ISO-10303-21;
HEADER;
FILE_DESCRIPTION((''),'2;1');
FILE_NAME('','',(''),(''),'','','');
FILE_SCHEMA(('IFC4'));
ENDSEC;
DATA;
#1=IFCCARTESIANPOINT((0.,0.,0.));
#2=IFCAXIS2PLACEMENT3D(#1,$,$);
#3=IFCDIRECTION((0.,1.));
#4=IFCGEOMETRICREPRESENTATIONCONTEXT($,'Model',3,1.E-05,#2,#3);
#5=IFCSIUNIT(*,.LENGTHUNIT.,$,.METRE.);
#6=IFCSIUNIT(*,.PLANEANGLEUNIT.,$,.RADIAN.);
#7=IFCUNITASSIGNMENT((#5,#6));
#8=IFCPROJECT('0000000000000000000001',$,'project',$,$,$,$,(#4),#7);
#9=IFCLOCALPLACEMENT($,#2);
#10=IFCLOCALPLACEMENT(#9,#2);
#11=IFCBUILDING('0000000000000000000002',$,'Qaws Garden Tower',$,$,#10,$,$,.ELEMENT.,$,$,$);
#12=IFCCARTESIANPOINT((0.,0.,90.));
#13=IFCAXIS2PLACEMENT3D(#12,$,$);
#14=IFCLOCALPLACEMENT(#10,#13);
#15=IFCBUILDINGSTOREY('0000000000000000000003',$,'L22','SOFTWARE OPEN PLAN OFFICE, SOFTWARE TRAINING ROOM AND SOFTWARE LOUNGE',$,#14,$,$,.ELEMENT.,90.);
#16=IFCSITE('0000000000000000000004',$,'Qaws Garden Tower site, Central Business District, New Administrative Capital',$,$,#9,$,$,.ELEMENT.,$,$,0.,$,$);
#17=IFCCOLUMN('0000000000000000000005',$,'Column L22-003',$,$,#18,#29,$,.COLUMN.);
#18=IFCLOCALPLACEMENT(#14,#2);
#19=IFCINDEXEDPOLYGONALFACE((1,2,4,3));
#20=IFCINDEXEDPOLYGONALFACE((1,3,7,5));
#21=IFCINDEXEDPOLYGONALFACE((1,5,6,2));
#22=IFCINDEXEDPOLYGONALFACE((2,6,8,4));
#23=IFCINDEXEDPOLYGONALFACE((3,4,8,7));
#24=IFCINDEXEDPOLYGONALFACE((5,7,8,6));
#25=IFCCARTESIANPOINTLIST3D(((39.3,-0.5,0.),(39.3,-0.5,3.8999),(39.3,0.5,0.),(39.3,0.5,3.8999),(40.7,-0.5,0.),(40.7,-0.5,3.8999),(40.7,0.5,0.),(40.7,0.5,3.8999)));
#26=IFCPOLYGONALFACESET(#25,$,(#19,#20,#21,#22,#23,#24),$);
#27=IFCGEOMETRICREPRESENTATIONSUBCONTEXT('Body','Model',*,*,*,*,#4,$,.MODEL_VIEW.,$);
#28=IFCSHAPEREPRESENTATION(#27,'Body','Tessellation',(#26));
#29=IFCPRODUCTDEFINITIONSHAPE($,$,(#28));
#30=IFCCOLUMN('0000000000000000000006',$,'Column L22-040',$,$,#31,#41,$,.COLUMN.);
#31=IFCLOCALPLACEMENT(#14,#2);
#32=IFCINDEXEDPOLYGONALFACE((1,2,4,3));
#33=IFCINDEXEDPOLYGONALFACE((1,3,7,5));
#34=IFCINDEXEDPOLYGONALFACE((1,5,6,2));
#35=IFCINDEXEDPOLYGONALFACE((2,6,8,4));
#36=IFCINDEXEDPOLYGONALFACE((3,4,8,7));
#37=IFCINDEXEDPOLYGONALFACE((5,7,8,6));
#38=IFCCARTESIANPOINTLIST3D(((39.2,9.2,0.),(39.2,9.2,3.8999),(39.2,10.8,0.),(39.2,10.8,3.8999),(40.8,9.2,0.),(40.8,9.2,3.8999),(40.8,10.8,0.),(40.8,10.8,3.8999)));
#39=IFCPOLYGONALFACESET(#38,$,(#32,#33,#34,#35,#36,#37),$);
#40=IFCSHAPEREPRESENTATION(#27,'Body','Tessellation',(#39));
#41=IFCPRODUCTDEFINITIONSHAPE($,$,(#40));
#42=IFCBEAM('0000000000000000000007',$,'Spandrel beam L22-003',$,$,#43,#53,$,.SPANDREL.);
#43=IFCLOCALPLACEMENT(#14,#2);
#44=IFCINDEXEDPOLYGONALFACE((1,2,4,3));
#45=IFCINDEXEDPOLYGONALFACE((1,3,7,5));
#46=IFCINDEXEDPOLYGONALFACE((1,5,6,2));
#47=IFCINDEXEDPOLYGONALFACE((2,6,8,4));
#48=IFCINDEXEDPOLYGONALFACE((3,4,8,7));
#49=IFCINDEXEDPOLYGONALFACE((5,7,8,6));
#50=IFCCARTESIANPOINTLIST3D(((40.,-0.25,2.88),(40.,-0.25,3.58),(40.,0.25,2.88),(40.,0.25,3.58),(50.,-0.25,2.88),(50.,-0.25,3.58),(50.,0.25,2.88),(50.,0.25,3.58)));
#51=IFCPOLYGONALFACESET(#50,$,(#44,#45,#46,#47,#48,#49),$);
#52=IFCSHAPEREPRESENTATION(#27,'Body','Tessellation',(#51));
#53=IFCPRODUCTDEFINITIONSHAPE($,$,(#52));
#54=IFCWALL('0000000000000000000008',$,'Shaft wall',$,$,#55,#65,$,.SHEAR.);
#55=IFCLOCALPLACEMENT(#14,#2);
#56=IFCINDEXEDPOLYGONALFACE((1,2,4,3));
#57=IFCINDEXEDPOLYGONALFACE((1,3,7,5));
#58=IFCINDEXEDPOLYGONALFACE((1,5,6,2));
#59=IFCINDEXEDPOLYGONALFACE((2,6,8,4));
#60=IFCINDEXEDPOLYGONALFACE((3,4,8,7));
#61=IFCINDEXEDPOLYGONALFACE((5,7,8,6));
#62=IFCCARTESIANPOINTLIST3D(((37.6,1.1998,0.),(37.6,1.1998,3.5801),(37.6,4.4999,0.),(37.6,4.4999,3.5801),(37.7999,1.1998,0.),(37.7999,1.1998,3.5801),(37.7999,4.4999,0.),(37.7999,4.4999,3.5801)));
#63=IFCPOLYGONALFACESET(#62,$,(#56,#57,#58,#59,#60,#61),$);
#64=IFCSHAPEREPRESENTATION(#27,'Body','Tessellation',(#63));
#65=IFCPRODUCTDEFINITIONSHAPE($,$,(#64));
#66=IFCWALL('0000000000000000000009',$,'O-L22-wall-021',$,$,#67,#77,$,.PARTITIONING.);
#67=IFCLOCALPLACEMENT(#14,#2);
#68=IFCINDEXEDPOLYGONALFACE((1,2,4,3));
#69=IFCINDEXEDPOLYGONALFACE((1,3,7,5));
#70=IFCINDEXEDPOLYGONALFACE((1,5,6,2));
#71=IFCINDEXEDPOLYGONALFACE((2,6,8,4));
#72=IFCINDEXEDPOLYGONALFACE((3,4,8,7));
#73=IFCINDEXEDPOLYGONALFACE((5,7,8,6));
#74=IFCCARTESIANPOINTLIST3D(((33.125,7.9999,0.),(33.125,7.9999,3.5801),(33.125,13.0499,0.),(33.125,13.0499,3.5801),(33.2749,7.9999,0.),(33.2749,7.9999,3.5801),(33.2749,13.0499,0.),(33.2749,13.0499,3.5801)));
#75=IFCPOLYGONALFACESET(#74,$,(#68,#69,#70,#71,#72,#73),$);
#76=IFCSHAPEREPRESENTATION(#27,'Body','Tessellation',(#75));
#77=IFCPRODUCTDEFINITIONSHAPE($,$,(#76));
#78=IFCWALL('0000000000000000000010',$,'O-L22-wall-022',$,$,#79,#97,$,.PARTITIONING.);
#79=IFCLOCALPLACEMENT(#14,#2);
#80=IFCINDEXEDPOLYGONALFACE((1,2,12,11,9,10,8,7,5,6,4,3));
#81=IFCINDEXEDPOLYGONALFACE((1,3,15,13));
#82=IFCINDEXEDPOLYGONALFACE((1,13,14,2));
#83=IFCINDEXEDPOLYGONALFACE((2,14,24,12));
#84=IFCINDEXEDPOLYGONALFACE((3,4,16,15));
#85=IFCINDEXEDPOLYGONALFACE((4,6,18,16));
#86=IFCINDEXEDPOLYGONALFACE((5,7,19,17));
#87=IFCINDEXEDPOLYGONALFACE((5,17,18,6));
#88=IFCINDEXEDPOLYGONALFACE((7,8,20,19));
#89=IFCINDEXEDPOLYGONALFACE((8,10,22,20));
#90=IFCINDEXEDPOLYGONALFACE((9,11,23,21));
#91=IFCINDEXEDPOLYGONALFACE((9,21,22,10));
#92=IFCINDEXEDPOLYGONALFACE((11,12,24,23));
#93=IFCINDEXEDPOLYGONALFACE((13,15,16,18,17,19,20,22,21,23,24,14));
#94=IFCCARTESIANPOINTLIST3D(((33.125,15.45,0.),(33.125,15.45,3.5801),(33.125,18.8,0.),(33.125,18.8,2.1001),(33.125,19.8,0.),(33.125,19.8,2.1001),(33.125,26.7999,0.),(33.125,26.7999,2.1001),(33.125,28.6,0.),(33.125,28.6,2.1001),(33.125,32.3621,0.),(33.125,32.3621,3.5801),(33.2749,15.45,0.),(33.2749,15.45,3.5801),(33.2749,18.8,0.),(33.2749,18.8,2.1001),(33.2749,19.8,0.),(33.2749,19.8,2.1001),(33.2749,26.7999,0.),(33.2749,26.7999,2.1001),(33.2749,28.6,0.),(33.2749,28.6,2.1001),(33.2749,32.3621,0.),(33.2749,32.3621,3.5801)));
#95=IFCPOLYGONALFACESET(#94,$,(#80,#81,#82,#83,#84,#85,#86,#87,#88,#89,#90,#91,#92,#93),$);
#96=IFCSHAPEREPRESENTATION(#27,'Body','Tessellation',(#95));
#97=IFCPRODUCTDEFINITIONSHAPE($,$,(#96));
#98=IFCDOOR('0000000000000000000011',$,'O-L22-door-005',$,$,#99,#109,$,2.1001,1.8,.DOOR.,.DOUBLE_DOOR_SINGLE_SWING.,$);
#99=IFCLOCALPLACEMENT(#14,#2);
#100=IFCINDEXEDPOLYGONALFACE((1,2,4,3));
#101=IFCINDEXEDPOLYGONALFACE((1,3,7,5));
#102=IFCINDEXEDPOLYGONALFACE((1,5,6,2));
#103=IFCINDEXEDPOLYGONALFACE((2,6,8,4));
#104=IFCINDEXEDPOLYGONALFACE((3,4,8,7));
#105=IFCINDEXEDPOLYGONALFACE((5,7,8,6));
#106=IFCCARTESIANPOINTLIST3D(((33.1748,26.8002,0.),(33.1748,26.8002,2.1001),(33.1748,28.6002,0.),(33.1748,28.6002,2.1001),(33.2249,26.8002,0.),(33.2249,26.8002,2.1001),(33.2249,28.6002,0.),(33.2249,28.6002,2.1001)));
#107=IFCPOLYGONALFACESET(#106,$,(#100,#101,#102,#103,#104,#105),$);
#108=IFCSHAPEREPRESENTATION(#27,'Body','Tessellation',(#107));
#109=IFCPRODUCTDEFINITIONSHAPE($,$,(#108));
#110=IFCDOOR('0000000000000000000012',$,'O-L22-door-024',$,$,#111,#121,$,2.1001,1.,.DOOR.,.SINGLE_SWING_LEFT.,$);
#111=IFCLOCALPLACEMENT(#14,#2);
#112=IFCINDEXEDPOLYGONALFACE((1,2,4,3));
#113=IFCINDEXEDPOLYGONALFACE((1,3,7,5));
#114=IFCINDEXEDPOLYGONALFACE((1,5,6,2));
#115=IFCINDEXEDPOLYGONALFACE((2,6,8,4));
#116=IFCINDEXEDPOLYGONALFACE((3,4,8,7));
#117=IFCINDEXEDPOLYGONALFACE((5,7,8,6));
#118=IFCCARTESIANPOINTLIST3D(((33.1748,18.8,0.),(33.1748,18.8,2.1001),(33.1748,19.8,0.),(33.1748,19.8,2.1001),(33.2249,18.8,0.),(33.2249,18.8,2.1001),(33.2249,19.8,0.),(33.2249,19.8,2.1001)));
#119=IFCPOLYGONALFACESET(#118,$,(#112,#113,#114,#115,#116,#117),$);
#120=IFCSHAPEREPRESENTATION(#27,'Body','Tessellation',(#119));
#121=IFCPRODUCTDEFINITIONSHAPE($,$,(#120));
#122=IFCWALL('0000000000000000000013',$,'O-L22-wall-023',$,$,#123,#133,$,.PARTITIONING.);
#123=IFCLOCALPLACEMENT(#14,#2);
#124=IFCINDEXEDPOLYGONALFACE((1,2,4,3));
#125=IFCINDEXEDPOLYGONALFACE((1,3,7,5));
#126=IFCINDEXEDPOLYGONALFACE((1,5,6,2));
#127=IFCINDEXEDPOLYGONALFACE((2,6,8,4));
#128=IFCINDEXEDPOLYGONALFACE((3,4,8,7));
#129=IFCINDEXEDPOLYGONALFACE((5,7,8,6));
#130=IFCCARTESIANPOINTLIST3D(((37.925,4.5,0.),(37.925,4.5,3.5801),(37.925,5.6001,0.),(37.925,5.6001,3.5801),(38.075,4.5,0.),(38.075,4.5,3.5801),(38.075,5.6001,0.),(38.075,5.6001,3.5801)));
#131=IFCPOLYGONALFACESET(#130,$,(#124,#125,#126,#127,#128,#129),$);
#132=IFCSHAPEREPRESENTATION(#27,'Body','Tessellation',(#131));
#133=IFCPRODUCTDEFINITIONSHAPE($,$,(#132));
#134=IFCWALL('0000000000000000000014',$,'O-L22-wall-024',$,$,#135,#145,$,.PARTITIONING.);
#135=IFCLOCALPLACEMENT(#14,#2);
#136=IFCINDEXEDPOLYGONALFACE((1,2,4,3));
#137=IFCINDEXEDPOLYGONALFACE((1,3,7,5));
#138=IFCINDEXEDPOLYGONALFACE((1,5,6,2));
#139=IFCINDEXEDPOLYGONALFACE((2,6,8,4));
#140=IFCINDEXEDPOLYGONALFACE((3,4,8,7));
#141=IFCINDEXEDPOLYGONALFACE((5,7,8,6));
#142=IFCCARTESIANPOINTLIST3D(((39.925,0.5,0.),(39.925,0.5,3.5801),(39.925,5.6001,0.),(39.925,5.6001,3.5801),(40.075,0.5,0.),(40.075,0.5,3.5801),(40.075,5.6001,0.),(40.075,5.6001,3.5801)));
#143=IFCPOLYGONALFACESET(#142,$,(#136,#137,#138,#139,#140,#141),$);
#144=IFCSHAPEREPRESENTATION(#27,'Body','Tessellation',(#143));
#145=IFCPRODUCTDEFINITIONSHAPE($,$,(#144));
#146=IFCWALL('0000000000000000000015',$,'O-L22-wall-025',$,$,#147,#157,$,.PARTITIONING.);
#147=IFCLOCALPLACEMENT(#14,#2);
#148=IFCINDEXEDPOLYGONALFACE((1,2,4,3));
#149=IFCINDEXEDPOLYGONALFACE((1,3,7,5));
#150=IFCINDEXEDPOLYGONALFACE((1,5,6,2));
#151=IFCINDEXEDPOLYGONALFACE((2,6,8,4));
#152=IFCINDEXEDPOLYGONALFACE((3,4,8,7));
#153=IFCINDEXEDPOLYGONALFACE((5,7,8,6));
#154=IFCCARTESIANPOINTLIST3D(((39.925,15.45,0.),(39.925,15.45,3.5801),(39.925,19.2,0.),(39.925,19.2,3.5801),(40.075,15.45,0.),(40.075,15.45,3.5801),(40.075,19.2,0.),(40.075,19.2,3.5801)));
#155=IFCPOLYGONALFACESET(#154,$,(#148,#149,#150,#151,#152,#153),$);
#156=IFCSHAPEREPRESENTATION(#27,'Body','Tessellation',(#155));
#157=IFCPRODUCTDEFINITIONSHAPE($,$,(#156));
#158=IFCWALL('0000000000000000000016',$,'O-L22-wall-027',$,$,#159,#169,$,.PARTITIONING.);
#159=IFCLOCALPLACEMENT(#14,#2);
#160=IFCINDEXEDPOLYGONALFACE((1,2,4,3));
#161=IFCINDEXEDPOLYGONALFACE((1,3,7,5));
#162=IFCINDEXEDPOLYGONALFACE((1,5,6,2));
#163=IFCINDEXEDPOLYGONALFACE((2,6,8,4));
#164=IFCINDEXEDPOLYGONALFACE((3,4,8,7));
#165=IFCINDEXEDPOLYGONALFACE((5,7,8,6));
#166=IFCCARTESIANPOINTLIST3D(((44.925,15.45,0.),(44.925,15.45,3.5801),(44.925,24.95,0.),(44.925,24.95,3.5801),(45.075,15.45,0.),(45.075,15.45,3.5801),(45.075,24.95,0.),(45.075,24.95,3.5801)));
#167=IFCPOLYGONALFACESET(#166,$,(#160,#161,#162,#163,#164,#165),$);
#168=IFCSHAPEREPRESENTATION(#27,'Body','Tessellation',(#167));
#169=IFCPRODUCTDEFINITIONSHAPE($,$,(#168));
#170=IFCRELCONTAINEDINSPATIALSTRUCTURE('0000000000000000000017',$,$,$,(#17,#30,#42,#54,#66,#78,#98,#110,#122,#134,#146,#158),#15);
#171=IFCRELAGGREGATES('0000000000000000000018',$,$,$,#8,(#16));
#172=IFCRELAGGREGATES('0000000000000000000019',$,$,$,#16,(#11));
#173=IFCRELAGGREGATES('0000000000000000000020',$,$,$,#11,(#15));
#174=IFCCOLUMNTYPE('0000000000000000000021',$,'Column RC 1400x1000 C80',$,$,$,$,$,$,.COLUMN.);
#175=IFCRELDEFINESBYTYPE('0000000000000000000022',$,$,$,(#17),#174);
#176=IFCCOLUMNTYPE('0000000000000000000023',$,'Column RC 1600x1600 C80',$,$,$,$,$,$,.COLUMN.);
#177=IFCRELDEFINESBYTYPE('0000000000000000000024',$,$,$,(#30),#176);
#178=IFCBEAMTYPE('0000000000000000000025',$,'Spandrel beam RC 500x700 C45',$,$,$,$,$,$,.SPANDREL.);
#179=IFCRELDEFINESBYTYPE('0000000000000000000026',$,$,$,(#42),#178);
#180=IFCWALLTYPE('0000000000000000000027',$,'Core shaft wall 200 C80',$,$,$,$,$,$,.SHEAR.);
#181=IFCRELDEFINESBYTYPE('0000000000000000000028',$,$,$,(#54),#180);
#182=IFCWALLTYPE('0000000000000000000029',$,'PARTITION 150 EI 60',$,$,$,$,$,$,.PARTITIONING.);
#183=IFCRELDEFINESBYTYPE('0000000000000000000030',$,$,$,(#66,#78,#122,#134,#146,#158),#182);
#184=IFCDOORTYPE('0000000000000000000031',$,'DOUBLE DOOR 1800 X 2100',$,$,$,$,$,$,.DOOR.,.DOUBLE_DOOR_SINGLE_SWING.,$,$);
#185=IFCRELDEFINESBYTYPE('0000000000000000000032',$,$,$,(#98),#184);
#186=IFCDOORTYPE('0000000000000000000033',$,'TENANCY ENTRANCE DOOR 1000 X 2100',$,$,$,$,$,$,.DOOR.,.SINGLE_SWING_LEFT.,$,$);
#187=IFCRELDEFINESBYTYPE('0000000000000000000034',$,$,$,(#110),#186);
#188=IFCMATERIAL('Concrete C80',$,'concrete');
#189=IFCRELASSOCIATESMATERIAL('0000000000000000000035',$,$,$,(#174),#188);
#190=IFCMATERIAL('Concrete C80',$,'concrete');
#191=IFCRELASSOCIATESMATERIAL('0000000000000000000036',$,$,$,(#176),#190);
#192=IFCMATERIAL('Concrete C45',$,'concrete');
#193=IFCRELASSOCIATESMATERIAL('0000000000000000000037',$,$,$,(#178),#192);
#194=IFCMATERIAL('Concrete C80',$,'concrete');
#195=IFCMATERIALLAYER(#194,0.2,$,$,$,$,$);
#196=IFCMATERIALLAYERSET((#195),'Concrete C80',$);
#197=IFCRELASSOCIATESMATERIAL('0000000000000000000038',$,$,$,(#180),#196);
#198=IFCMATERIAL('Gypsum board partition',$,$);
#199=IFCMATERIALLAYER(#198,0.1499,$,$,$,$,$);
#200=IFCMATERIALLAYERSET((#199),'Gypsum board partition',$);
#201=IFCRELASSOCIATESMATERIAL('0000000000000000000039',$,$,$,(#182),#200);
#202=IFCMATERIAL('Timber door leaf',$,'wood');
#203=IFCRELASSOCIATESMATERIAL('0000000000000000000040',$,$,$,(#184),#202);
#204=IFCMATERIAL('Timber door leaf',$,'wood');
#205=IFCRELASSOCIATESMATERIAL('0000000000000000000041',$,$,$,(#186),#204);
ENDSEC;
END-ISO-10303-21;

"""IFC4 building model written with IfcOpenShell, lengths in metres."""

from ifc_helpers import new_model, si_unit, direction, frame, frame_2d, origin, origin_2d, place, context, subcontext, project, spatial, rectangle, extrude, material, layer, layer_set, material_profile, profile_set, type_object, element, fill, save


model = new_model("IFC4")

# Units and contexts
model_context = context("Model", 3, precision=1e-05, world=origin(), true_north=direction((0.0, 1.0)))
body_context = subcontext(model_context, "Body", "Model", "MODEL_VIEW")
ifc_project = project(units=[si_unit("LENGTHUNIT", "METRE"), si_unit("PLANEANGLEUNIT", "RADIAN")], contexts=[model_context])

# Site, building, storey
site_placement = place(None, origin())
site = spatial("IfcSite", under=ifc_project, at=site_placement, Name="Qaws Garden Tower site, Central Business District, New Administrative Capital", CompositionType="ELEMENT", RefElevation=0.0)
building_placement = place(site_placement, origin())
building = spatial("IfcBuilding", under=site, at=building_placement, Name="Qaws Garden Tower", CompositionType="ELEMENT")
storey_placement = place(building_placement, frame((0.0, 0.0, 90.0)))
storey = spatial("IfcBuildingStorey", under=building, at=storey_placement, Name="L22", Description="SOFTWARE OPEN PLAN OFFICE, SOFTWARE TRAINING ROOM AND SOFTWARE LOUNGE", CompositionType="ELEMENT", Elevation=90.0)

# Columns
ifc_material_1 = material(Name="Concrete C80", Category="concrete")
ifc_material_profile_1 = material_profile(ifc_material_1, rectangle(XDim=1.3999, YDim=1.0, at=origin_2d()), Name="RC 1400x1000")
ifc_profile_set_1 = profile_set([ifc_material_profile_1], Name="Concrete C80")
column_type_1 = type_object("IfcColumnType", Name="Column RC 1400x1000 C80", PredefinedType="COLUMN", material=ifc_profile_set_1)
column_1_placement = place(storey_placement, frame((40.0, 0.0, 0.0), z_axis=(0.0, 0.0, 1.0), x_axis=(1.0, 0.0, 0.0)))
element("IfcColumn", 1, at=column_1_placement, inside=storey, type_object=column_type_1, Name="Column L22-003", PredefinedType="COLUMN", context=body_context, shape_type="SweptSolid", body=[
    extrude(rectangle(XDim=1.3999, YDim=1.0, at=origin_2d()), origin(), (0.0, 0.0, 1.0), 3.8999),
])
ifc_material_2 = material(Name="Concrete C80", Category="concrete")
ifc_material_profile_2 = material_profile(ifc_material_2, rectangle(XDim=1.6001, YDim=1.6001, at=origin_2d()), Name="RC 1600x1600")
ifc_profile_set_2 = profile_set([ifc_material_profile_2], Name="Concrete C80")
column_type_2 = type_object("IfcColumnType", Name="Column RC 1600x1600 C80", PredefinedType="COLUMN", material=ifc_profile_set_2)
column_2_placement = place(storey_placement, frame((40.0, 10.0, 0.0), z_axis=(0.0, 0.0, 1.0), x_axis=(1.0, 0.0, 0.0)))
element("IfcColumn", 2, at=column_2_placement, inside=storey, type_object=column_type_2, Name="Column L22-040", PredefinedType="COLUMN", context=body_context, shape_type="SweptSolid", body=[
    extrude(rectangle(XDim=1.6001, YDim=1.6001, at=origin_2d()), origin(), (0.0, 0.0, 1.0), 3.8999),
])

# Beam
ifc_material_3 = material(Name="Concrete C45", Category="concrete")
ifc_material_profile_3 = material_profile(ifc_material_3, rectangle(XDim=0.5, YDim=0.7, at=origin_2d()), Name="RC 500x700")
ifc_profile_set_3 = profile_set([ifc_material_profile_3], Name="Concrete C45")
beam_type = type_object("IfcBeamType", Name="Spandrel beam RC 500x700 C45", PredefinedType="SPANDREL", material=ifc_profile_set_3)
beam_placement = place(storey_placement, frame((40.0, 0.0, 3.23), z_axis=(1.0, 0.0, 0.0), x_axis=(0.0, 1.0, 0.0)))
element("IfcBeam", 3, at=beam_placement, inside=storey, type_object=beam_type, Name="Spandrel beam L22-003", PredefinedType="SPANDREL", context=body_context, shape_type="SweptSolid", body=[
    extrude(rectangle(XDim=0.5, YDim=0.7, at=origin_2d()), origin(), (0.0, 0.0, 1.0), 10.0),
])

# Walls
ifc_material_4 = material(Name="Concrete C80", Category="concrete")
ifc_layer_1 = layer(ifc_material_4, 0.2)
ifc_layer_set_1 = layer_set([ifc_layer_1], Name="Concrete C80")
wall_type_1 = type_object("IfcWallType", Name="Core shaft wall 200 C80", PredefinedType="SHEAR", material=ifc_layer_set_1)
wall_1_placement = place(storey_placement, frame((37.7, 1.2, 0.0), z_axis=(0.0, 0.0, 1.0), x_axis=(0.0, 1.0, 0.0)))
element("IfcWall", 4, at=wall_1_placement, inside=storey, type_object=wall_type_1, Name="Shaft wall", PredefinedType="SHEAR", context=body_context, shape_type="SweptSolid", body=[
    extrude(rectangle(XDim=3.3, YDim=0.2, at=frame_2d((1.6499, 0.0))), origin(), (0.0, 0.0, 1.0), 3.5801),
])
ifc_material_5 = material(Name="Gypsum board partition")
ifc_layer_2 = layer(ifc_material_5, 0.1499)
ifc_layer_set_2 = layer_set([ifc_layer_2], Name="Gypsum board partition")
wall_type_2 = type_object("IfcWallType", Name="PARTITION 150 EI 60", PredefinedType="PARTITIONING", material=ifc_layer_set_2)
wall_2_placement = place(storey_placement, frame((33.2, 8.0, 0.0), z_axis=(0.0, 0.0, 1.0), x_axis=(0.0, 1.0, 0.0)))
element("IfcWall", 5, at=wall_2_placement, inside=storey, type_object=wall_type_2, Name="O-L22-wall-021", PredefinedType="PARTITIONING", context=body_context, shape_type="SweptSolid", body=[
    extrude(rectangle(XDim=5.05, YDim=0.1499, at=frame_2d((2.5249, 0.0))), origin(), (0.0, 0.0, 1.0), 3.5801),
])

# Wall, openings, doors
wall_3_placement = place(storey_placement, frame((33.2, 15.45, 0.0), z_axis=(0.0, 0.0, 1.0), x_axis=(0.0, 1.0, 0.0)))
wall_3 = element("IfcWall", 6, at=wall_3_placement, inside=storey, type_object=wall_type_2, Name="O-L22-wall-022", PredefinedType="PARTITIONING", context=body_context, shape_type="SweptSolid", body=[
    extrude(rectangle(XDim=16.9121, YDim=0.1499, at=frame_2d((8.4561, 0.0))), origin(), (0.0, 0.0, 1.0), 3.5801),
])
opening_1_placement = place(wall_3_placement, frame((11.3501, 0.0, 0.0)))
opening_1 = element("IfcOpeningElement", 7, at=opening_1_placement, cuts=wall_3, PredefinedType="OPENING", context=body_context, shape_type="SweptSolid", body=[
    extrude(rectangle(XDim=1.8, YDim=2.1001, at=frame_2d((0.8999, 1.05))), frame((0.0, 0.085, 0.0), z_axis=(0.0, -1.0, 0.0), x_axis=(1.0, 0.0, 0.0)), (0.0, 0.0, 1.0), 0.1699),
])
opening_2_placement = place(wall_3_placement, frame((3.3501, 0.0, 0.0)))
opening_2 = element("IfcOpeningElement", 8, at=opening_2_placement, cuts=wall_3, PredefinedType="OPENING", context=body_context, shape_type="SweptSolid", body=[
    extrude(rectangle(XDim=1.0, YDim=2.1001, at=frame_2d((0.5, 1.05))), frame((0.0, 0.085, 0.0), z_axis=(0.0, -1.0, 0.0), x_axis=(1.0, 0.0, 0.0)), (0.0, 0.0, 1.0), 0.1699),
])
ifc_material_6 = material(Name="Timber door leaf", Category="wood")
door_type_1 = type_object("IfcDoorType", Name="DOUBLE DOOR 1800 X 2100", OperationType="DOUBLE_DOOR_SINGLE_SWING", PredefinedType="DOOR", material=ifc_material_6)
door_1_placement = place(opening_1_placement, frame((1.8, 0.0, 0.0), z_axis=(0.0, 0.0, 1.0), x_axis=(-1.0, 0.0, 0.0)))
door_1 = element("IfcDoor", 9, at=door_1_placement, inside=storey, type_object=door_type_1, Name="O-L22-door-005", OperationType="DOUBLE_DOOR_SINGLE_SWING", OverallHeight=2.1001, OverallWidth=1.8, PredefinedType="DOOR", context=body_context, shape_type="SweptSolid", body=[
    extrude(rectangle(XDim=1.8, YDim=2.1001, at=frame_2d((0.8999, 1.05))), frame((0.0, 0.0249, 0.0), z_axis=(0.0, -1.0, 0.0), x_axis=(1.0, 0.0, 0.0)), (0.0, 0.0, 1.0), 0.05),
])
fill(opening_1, door_1)
ifc_material_7 = material(Name="Timber door leaf", Category="wood")
door_type_2 = type_object("IfcDoorType", Name="TENANCY ENTRANCE DOOR 1000 X 2100", OperationType="SINGLE_SWING_LEFT", PredefinedType="DOOR", material=ifc_material_7)
door_2_placement = place(opening_2_placement, frame((1.0, 0.0, 0.0), z_axis=(0.0, 0.0, 1.0), x_axis=(-1.0, 0.0, 0.0)))
door_2 = element("IfcDoor", 10, at=door_2_placement, inside=storey, type_object=door_type_2, Name="O-L22-door-024", OperationType="SINGLE_SWING_LEFT", OverallHeight=2.1001, OverallWidth=1.0, PredefinedType="DOOR", context=body_context, shape_type="SweptSolid", body=[
    extrude(rectangle(XDim=1.0, YDim=2.1001, at=frame_2d((0.5, 1.05))), frame((0.0, 0.0249, 0.0), z_axis=(0.0, -1.0, 0.0), x_axis=(1.0, 0.0, 0.0)), (0.0, 0.0, 1.0), 0.05),
])
fill(opening_2, door_2)

# Walls
wall_4_placement = place(storey_placement, frame((38.0, 4.5, 0.0), z_axis=(0.0, 0.0, 1.0), x_axis=(0.0, 1.0, 0.0)))
element("IfcWall", 11, at=wall_4_placement, inside=storey, type_object=wall_type_2, Name="O-L22-wall-023", PredefinedType="PARTITIONING", context=body_context, shape_type="SweptSolid", body=[
    extrude(rectangle(XDim=1.1001, YDim=0.1499, at=frame_2d((0.55, 0.0))), origin(), (0.0, 0.0, 1.0), 3.5801),
])
wall_5_placement = place(storey_placement, frame((40.0, 0.5, 0.0), z_axis=(0.0, 0.0, 1.0), x_axis=(0.0, 1.0, 0.0)))
element("IfcWall", 12, at=wall_5_placement, inside=storey, type_object=wall_type_2, Name="O-L22-wall-024", PredefinedType="PARTITIONING", context=body_context, shape_type="SweptSolid", body=[
    extrude(rectangle(XDim=5.1001, YDim=0.1499, at=frame_2d((2.55, 0.0))), origin(), (0.0, 0.0, 1.0), 3.5801),
])
wall_6_placement = place(storey_placement, frame((40.0, 15.45, 0.0), z_axis=(0.0, 0.0, 1.0), x_axis=(0.0, 1.0, 0.0)))
element("IfcWall", 13, at=wall_6_placement, inside=storey, type_object=wall_type_2, Name="O-L22-wall-025", PredefinedType="PARTITIONING", context=body_context, shape_type="SweptSolid", body=[
    extrude(rectangle(XDim=3.75, YDim=0.1499, at=frame_2d((1.875, 0.0))), origin(), (0.0, 0.0, 1.0), 3.5801),
])
wall_7_placement = place(storey_placement, frame((45.0, 15.45, 0.0), z_axis=(0.0, 0.0, 1.0), x_axis=(0.0, 1.0, 0.0)))
element("IfcWall", 14, at=wall_7_placement, inside=storey, type_object=wall_type_2, Name="O-L22-wall-027", PredefinedType="PARTITIONING", context=body_context, shape_type="SweptSolid", body=[
    extrude(rectangle(XDim=9.5, YDim=0.1499, at=frame_2d((4.75, 0.0))), origin(), (0.0, 0.0, 1.0), 3.5801),
])

save(model, "model.ifc")
